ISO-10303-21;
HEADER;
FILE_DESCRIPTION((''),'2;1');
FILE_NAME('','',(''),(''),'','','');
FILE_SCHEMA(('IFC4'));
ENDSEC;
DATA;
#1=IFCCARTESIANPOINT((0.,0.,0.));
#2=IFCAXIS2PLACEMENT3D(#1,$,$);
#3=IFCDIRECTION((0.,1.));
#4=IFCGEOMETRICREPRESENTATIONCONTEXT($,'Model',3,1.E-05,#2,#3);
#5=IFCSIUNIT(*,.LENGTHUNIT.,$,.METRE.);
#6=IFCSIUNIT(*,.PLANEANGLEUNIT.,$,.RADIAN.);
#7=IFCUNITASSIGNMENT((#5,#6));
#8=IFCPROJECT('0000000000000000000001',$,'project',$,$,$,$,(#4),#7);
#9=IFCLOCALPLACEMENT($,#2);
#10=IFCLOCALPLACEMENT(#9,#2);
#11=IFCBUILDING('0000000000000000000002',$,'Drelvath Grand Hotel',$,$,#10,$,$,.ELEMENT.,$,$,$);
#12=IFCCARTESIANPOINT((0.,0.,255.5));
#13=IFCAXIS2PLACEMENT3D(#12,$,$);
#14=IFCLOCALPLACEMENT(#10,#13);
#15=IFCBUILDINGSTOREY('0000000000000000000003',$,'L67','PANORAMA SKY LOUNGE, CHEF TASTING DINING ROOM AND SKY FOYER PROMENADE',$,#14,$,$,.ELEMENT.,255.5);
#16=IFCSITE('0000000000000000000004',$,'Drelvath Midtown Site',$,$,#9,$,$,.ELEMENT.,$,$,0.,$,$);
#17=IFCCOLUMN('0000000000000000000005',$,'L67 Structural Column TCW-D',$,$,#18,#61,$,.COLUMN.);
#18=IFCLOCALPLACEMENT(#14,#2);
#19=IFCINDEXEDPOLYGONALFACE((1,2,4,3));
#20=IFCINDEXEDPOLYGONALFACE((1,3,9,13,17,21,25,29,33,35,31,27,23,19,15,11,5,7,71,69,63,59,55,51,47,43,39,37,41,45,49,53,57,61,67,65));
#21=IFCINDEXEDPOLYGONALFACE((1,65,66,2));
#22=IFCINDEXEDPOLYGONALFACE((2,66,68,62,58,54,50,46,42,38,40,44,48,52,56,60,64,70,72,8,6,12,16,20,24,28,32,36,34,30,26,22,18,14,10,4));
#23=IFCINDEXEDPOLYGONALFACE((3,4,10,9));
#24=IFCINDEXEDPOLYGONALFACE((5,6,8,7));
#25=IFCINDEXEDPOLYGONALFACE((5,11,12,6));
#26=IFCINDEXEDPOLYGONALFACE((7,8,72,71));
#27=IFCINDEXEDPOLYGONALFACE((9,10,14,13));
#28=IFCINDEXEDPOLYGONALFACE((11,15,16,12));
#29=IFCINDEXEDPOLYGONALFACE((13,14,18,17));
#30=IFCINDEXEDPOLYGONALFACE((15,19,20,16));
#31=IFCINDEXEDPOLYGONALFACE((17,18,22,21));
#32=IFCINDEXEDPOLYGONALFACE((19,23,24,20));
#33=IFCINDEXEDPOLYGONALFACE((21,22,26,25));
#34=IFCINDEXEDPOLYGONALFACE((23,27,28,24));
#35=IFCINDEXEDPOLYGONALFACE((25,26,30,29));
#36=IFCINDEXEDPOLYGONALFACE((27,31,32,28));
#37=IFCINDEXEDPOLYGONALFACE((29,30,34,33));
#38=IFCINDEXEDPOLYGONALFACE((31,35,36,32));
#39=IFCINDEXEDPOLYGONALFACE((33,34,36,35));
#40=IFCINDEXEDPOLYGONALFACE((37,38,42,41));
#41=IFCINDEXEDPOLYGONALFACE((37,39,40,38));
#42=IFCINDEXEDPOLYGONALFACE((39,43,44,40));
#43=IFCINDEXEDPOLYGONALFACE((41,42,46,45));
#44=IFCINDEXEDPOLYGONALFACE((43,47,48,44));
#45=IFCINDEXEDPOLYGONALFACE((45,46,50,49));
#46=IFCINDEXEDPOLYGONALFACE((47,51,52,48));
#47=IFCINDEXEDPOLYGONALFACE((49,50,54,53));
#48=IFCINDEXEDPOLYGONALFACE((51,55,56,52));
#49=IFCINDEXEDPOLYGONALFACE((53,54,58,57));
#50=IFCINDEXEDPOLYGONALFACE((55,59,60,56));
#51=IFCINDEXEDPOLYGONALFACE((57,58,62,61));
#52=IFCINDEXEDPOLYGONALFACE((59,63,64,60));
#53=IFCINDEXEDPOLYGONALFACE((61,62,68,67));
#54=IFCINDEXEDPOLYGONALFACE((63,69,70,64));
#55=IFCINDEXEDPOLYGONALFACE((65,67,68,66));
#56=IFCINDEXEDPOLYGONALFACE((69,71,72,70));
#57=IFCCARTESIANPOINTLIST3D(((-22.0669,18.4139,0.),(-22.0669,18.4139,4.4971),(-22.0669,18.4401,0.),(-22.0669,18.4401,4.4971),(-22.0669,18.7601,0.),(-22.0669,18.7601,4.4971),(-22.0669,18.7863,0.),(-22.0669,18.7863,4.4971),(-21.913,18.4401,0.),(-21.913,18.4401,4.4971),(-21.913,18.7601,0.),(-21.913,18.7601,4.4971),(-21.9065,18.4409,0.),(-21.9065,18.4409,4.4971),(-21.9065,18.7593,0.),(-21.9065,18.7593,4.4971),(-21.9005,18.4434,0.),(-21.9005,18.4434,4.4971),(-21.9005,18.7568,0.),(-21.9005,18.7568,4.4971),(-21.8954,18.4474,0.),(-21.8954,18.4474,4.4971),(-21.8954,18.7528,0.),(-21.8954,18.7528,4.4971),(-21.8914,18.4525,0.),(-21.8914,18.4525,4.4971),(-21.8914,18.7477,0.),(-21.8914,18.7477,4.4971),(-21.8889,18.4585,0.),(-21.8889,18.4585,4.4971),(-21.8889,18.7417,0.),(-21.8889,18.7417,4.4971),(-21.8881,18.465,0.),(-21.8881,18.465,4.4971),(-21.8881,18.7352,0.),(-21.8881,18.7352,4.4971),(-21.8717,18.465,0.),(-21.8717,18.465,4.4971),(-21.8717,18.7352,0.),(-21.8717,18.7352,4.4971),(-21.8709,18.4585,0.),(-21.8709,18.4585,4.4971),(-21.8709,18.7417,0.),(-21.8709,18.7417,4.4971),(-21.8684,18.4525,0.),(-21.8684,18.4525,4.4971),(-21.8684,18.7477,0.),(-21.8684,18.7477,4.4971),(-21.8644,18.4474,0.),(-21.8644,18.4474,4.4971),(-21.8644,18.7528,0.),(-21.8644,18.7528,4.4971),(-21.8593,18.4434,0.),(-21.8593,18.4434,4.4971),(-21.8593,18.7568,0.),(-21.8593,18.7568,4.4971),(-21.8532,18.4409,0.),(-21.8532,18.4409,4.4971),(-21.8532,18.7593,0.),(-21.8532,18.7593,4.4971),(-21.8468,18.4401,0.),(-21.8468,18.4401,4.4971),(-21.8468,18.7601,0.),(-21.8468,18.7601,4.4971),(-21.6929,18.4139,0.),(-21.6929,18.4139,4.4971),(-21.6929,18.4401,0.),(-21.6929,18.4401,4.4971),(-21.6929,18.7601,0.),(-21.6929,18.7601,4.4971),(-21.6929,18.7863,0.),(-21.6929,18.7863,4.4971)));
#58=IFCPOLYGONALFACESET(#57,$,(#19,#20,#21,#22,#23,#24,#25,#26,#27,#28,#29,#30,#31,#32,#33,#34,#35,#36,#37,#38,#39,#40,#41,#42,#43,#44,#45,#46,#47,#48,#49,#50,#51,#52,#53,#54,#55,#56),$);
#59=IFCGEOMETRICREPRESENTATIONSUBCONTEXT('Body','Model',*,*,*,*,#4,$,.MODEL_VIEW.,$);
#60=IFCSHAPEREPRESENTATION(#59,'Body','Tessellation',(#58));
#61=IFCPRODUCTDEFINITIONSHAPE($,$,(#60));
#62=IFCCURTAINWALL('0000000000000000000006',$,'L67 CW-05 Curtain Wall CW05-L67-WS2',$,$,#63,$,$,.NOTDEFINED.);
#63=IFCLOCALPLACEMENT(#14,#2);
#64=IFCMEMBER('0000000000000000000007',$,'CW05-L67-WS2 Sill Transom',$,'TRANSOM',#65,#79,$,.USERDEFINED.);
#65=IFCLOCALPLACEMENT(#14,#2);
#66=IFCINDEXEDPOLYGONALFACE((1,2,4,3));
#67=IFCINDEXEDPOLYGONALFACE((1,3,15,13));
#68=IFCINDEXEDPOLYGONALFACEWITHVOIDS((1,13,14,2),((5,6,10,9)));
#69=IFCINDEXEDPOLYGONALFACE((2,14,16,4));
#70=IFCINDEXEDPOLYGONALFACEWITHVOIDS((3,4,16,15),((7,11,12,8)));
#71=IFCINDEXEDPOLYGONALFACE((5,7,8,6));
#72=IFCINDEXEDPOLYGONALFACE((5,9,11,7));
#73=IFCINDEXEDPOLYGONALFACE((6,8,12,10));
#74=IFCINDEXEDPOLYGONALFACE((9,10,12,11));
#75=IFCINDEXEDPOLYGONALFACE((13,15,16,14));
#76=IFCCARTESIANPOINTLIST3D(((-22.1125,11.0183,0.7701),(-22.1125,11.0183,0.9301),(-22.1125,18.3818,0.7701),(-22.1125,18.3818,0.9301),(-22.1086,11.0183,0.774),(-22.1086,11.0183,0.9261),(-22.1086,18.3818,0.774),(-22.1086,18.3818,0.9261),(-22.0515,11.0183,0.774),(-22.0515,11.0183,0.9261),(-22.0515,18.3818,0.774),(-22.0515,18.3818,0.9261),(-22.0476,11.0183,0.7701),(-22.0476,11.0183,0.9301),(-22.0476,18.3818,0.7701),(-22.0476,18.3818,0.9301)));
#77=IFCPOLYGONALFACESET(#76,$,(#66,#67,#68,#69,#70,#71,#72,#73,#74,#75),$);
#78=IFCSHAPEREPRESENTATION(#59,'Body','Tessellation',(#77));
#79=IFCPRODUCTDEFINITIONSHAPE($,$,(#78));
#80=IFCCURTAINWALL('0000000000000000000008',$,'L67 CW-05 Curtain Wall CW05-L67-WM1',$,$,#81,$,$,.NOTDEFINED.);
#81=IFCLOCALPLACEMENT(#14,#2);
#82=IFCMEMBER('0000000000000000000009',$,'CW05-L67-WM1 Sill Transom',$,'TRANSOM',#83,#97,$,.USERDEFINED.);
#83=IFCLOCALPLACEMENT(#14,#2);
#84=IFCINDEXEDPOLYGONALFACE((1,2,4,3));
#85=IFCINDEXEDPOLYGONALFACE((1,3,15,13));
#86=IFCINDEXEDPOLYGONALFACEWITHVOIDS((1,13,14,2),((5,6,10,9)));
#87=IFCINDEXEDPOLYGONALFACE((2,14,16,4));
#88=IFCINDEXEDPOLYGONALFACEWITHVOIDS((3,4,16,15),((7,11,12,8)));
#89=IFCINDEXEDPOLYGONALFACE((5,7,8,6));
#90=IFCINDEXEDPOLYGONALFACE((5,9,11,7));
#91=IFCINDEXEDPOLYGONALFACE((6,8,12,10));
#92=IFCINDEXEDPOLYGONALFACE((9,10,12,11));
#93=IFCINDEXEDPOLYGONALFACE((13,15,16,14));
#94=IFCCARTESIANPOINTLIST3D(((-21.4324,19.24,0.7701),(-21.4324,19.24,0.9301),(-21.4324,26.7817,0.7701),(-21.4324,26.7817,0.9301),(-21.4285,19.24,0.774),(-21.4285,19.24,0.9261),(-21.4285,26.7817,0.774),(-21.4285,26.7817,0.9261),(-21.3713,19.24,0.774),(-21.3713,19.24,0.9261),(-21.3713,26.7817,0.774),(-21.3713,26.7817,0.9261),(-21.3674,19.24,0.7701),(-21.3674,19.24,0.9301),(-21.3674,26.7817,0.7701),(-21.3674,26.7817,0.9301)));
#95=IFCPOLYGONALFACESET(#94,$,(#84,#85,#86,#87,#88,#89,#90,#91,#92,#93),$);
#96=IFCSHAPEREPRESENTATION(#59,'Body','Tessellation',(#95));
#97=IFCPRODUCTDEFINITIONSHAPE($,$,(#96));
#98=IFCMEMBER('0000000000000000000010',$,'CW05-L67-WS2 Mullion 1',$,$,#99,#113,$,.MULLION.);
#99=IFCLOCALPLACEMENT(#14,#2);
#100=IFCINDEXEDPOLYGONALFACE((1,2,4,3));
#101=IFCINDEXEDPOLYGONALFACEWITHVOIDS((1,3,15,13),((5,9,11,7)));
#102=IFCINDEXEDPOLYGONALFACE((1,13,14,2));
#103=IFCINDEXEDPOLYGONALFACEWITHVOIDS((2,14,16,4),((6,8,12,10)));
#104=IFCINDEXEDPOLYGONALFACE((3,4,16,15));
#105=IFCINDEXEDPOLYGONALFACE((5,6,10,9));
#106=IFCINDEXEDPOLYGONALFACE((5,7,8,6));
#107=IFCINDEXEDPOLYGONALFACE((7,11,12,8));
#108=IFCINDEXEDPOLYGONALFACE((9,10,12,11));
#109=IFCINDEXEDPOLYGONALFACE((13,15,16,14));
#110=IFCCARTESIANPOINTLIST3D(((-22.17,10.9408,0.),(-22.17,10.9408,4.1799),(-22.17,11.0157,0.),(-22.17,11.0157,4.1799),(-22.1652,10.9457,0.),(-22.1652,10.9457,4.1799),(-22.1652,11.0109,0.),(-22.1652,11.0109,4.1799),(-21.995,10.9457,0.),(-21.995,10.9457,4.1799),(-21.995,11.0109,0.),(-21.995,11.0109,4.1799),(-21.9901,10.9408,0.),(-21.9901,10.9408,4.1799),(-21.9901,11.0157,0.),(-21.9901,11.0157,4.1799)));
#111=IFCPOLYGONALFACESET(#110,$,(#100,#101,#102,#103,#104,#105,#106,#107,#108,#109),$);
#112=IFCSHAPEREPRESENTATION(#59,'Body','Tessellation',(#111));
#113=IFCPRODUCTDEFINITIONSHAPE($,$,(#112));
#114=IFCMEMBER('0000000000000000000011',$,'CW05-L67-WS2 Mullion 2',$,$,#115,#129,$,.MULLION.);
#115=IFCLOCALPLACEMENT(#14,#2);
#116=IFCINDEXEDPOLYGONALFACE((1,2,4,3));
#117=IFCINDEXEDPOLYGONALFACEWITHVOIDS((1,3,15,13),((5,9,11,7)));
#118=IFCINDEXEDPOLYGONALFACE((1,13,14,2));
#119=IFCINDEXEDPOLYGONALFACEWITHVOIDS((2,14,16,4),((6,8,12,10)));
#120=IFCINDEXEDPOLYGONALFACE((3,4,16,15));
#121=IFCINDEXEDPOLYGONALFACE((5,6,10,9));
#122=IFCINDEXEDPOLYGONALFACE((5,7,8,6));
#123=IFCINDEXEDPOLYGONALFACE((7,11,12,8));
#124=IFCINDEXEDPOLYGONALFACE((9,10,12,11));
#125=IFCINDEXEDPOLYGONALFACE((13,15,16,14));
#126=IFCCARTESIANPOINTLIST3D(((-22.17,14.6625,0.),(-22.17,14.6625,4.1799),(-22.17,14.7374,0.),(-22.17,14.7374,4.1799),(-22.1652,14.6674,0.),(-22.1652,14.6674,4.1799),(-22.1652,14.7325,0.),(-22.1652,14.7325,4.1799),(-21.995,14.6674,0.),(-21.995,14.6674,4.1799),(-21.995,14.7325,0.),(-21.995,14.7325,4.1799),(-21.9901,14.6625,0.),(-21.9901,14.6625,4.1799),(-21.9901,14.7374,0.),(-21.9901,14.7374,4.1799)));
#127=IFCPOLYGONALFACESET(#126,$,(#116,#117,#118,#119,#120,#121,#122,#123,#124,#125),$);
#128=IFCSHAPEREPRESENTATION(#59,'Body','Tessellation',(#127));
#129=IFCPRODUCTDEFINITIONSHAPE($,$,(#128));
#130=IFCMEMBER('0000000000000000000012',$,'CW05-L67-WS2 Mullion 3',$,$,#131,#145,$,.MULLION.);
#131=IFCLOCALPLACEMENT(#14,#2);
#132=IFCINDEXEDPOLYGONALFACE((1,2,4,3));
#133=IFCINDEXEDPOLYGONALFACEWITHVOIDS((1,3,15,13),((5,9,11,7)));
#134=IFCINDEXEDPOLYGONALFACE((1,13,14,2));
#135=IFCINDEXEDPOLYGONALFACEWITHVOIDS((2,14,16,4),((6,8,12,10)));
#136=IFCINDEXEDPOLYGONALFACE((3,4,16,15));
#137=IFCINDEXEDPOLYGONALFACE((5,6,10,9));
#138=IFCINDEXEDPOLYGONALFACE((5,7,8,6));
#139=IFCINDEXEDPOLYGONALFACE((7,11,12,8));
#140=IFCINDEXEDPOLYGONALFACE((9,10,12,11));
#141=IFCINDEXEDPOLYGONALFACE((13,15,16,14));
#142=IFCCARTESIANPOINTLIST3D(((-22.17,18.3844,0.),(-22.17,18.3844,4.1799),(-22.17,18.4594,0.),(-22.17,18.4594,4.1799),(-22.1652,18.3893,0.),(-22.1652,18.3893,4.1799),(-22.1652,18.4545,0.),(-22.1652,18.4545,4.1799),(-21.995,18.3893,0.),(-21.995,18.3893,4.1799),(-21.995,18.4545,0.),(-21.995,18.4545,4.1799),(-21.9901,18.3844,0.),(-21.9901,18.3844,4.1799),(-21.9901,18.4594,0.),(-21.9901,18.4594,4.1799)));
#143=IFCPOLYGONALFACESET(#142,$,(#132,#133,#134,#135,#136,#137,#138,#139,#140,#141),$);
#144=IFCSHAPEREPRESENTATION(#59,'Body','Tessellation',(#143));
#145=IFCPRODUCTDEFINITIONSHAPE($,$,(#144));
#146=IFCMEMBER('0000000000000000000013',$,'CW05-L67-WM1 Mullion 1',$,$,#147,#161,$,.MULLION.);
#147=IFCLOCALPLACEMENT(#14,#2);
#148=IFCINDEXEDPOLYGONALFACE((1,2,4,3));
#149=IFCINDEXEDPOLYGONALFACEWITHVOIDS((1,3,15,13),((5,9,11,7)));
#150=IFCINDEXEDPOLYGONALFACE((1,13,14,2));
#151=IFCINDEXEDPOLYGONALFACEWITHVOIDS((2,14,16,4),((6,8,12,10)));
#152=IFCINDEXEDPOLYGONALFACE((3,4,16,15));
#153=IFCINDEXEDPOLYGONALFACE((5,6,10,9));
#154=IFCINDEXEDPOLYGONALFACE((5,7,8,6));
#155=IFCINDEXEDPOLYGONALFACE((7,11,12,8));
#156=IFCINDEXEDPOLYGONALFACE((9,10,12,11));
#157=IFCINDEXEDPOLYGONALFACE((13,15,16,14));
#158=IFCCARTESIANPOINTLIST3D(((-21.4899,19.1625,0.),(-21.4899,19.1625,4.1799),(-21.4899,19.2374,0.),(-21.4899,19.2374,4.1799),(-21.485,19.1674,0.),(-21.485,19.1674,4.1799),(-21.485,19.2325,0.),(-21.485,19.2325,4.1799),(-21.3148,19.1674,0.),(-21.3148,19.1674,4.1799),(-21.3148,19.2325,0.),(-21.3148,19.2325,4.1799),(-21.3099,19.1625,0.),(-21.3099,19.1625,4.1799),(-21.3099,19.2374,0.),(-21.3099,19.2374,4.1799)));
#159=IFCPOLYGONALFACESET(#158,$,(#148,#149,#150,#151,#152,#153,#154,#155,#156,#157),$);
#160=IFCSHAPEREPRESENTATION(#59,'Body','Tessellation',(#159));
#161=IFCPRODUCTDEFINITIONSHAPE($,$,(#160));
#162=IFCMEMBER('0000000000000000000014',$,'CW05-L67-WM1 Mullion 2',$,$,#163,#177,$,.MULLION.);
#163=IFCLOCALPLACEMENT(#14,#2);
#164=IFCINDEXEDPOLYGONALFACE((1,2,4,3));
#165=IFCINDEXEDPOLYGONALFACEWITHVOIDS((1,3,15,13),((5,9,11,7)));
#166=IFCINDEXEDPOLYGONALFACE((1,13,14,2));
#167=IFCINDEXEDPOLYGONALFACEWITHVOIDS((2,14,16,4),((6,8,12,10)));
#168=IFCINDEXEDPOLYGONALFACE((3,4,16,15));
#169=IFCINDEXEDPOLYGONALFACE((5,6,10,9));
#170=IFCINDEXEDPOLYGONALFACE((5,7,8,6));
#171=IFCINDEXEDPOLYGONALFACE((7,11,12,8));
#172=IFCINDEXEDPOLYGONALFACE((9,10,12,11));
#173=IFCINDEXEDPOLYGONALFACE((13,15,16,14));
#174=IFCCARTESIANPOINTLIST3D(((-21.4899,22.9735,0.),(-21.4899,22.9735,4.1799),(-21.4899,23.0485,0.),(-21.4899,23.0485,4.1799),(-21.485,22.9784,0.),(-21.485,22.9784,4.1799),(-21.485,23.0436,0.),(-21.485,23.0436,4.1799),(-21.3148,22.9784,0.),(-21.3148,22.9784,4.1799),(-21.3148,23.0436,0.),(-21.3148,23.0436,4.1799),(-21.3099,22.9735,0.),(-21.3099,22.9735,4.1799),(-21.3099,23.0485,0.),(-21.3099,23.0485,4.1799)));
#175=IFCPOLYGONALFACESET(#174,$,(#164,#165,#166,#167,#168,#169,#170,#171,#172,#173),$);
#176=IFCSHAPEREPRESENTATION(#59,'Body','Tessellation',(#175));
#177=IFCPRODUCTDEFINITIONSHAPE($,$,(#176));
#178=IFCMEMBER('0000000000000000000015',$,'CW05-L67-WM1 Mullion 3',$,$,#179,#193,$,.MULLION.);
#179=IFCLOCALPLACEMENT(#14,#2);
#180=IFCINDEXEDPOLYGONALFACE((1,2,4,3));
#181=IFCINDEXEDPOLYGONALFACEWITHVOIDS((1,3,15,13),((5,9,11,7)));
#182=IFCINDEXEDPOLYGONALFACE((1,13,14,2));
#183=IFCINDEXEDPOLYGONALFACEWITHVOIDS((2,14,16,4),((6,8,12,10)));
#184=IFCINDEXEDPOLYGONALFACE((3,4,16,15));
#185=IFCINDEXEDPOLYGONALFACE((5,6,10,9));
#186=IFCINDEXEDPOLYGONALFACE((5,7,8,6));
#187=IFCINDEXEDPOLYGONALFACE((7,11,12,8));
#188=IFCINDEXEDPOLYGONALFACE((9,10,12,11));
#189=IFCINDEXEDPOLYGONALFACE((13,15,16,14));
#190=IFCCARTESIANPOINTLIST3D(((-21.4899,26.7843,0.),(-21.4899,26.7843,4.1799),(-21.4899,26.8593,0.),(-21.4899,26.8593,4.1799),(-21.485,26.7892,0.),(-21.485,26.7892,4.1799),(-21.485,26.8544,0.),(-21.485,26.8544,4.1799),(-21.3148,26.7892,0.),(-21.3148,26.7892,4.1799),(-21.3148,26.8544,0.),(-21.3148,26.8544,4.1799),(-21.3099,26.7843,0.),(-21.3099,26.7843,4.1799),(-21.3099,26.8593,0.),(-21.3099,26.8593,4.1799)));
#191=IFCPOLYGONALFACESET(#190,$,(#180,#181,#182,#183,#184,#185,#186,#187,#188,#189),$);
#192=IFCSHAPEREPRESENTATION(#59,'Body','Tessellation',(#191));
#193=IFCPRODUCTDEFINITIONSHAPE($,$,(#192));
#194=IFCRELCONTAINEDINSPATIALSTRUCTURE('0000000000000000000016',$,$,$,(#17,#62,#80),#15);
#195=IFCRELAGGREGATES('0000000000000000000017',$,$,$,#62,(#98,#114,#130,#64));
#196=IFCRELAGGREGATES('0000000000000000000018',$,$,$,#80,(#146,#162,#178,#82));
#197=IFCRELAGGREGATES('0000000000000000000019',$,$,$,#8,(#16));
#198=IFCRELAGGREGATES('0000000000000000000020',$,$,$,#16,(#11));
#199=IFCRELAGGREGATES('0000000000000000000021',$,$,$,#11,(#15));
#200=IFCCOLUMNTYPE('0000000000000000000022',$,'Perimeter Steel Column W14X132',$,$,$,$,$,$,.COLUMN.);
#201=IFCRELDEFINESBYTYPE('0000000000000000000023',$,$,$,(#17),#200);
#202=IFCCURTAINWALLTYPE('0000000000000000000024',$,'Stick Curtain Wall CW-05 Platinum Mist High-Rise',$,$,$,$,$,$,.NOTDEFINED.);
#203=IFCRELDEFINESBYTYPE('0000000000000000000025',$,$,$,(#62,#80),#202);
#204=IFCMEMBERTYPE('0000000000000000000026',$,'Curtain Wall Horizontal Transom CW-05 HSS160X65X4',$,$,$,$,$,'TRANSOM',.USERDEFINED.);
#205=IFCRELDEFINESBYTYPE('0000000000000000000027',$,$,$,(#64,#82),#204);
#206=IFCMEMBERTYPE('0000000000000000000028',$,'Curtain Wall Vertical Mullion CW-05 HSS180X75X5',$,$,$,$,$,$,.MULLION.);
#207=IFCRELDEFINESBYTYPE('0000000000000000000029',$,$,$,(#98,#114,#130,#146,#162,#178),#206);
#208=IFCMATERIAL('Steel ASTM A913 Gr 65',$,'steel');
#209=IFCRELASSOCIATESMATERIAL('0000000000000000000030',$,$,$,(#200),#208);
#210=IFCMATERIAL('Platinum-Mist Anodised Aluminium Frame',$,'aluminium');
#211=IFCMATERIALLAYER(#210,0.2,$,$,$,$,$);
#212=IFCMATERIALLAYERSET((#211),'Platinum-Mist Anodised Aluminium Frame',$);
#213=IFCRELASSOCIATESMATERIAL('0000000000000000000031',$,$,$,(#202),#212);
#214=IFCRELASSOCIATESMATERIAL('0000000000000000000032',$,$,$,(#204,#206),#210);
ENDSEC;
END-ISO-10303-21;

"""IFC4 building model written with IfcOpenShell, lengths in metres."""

from ifc_helpers import new_model, si_unit, direction, frame, origin, origin_2d, place, context, subcontext, project, spatial, hollow_rectangle, i_section, extrude, material, layer, layer_set, material_profile, profile_set, type_object, element, aggregate, save


model = new_model("IFC4")

# Units and contexts
model_context = context("Model", 3, precision=1e-05, world=origin(), true_north=direction((0.0, 1.0)))
body_context = subcontext(model_context, "Body", "Model", "MODEL_VIEW")
ifc_project = project(units=[si_unit("LENGTHUNIT", "METRE"), si_unit("PLANEANGLEUNIT", "RADIAN")], contexts=[model_context])

# Site, building, storey
site_placement = place(None, origin())
site = spatial("IfcSite", under=ifc_project, at=site_placement, Name="Drelvath Midtown Site", CompositionType="ELEMENT", RefElevation=0.0)
building_placement = place(site_placement, origin())
building = spatial("IfcBuilding", under=site, at=building_placement, Name="Drelvath Grand Hotel", CompositionType="ELEMENT")
storey_placement = place(building_placement, frame((0.0, 0.0, 255.5)))
storey = spatial("IfcBuildingStorey", under=building, at=storey_placement, Name="L67", Description="PANORAMA SKY LOUNGE, CHEF TASTING DINING ROOM AND SKY FOYER PROMENADE", CompositionType="ELEMENT", Elevation=255.5)

# Column
ifc_material_1 = material(Name="Steel ASTM A913 Gr 65", Category="steel")
ifc_material_profile_1 = material_profile(ifc_material_1, i_section(OverallWidth=0.374, OverallDepth=0.3723, WebThickness=0.0164, FlangeThickness=0.0261, FilletRadius=0.0249, at=origin_2d()), Name="W14X132")
ifc_profile_set_1 = profile_set([ifc_material_profile_1], Name="Steel ASTM A913 Gr 65")
column_type = type_object("IfcColumnType", Name="Perimeter Steel Column W14X132", PredefinedType="COLUMN", material=ifc_profile_set_1)
column_placement = place(storey_placement, frame((-21.8799, 18.6001, 0.0), z_axis=(0.0, 0.0, 1.0), x_axis=(1.0, 0.0, 0.0)))
element("IfcColumn", 1, at=column_placement, inside=storey, type_object=column_type, Name="L67 Structural Column TCW-D", PredefinedType="COLUMN", context=body_context, shape_type="SweptSolid", body=[
    extrude(i_section(OverallWidth=0.374, OverallDepth=0.3723, WebThickness=0.0164, FlangeThickness=0.0261, FilletRadius=0.0249, at=origin_2d()), origin(), (0.0, 0.0, 1.0), 4.4971),
])

# Curtain walls, members
ifc_material_2 = material(Name="Platinum-Mist Anodised Aluminium Frame", Category="aluminium")
ifc_layer_1 = layer(ifc_material_2, 0.2)
ifc_layer_set_1 = layer_set([ifc_layer_1], Name="Platinum-Mist Anodised Aluminium Frame")
curtain_wall_type = type_object("IfcCurtainWallType", Name="Stick Curtain Wall CW-05 Platinum Mist High-Rise", PredefinedType="NOTDEFINED", material=ifc_layer_set_1)
curtain_wall_1_placement = place(storey_placement, origin())
curtain_wall_1 = element("IfcCurtainWall", 2, at=curtain_wall_1_placement, inside=storey, type_object=curtain_wall_type, Name="L67 CW-05 Curtain Wall CW05-L67-WS2", PredefinedType="NOTDEFINED")
ifc_material_profile_2 = material_profile(ifc_material_2, hollow_rectangle(XDim=0.0649, YDim=0.1599, WallThickness=0.0039, at=origin_2d()), Name="HSS160X65X4")
ifc_profile_set_2 = profile_set([ifc_material_profile_2], Name="Platinum-Mist Anodised Aluminium Frame")
member_type_1 = type_object("IfcMemberType", Name="Curtain Wall Horizontal Transom CW-05 HSS160X65X4", ElementType="TRANSOM", PredefinedType="USERDEFINED", material=ifc_profile_set_2)
member_1_placement = place(storey_placement, frame((-22.0801, 11.0183, 0.8501), z_axis=(0.0, 1.0, 0.0), x_axis=(-1.0, 0.0, 0.0)))
member_1 = element("IfcMember", 3, at=member_1_placement, type_object=member_type_1, Name="CW05-L67-WS2 Sill Transom", ObjectType="TRANSOM", PredefinedType="USERDEFINED", context=body_context, shape_type="SweptSolid", body=[
    extrude(hollow_rectangle(XDim=0.0649, YDim=0.1599, WallThickness=0.0039, at=origin_2d()), origin(), (0.0, 0.0, 1.0), 7.3635),
])
curtain_wall_2_placement = place(storey_placement, origin())
curtain_wall_2 = element("IfcCurtainWall", 4, at=curtain_wall_2_placement, inside=storey, type_object=curtain_wall_type, Name="L67 CW-05 Curtain Wall CW05-L67-WM1", PredefinedType="NOTDEFINED")
member_2_placement = place(storey_placement, frame((-21.3999, 19.24, 0.8501), z_axis=(0.0, 1.0, 0.0), x_axis=(-1.0, 0.0, 0.0)))
member_2 = element("IfcMember", 5, at=member_2_placement, type_object=member_type_1, Name="CW05-L67-WM1 Sill Transom", ObjectType="TRANSOM", PredefinedType="USERDEFINED", context=body_context, shape_type="SweptSolid", body=[
    extrude(hollow_rectangle(XDim=0.0649, YDim=0.1599, WallThickness=0.0039, at=origin_2d()), origin(), (0.0, 0.0, 1.0), 7.5417),
])

# Members
ifc_material_profile_3 = material_profile(ifc_material_2, hollow_rectangle(XDim=0.075, YDim=0.1799, WallThickness=0.0049, at=origin_2d()), Name="HSS180X75X5")
ifc_profile_set_3 = profile_set([ifc_material_profile_3], Name="Platinum-Mist Anodised Aluminium Frame")
member_type_2 = type_object("IfcMemberType", Name="Curtain Wall Vertical Mullion CW-05 HSS180X75X5", PredefinedType="MULLION", material=ifc_profile_set_3)
member_3_placement = place(storey_placement, frame((-22.0801, 10.9783, 0.0), z_axis=(0.0, 0.0, 1.0), x_axis=(0.0, 1.0, 0.0)))
member_3 = element("IfcMember", 6, at=member_3_placement, type_object=member_type_2, Name="CW05-L67-WS2 Mullion 1", PredefinedType="MULLION", context=body_context, shape_type="SweptSolid", body=[
    extrude(hollow_rectangle(XDim=0.075, YDim=0.1799, WallThickness=0.0049, at=origin_2d()), origin(), (0.0, 0.0, 1.0), 4.1799),
])
member_4_placement = place(storey_placement, frame((-22.0801, 14.7, 0.0), z_axis=(0.0, 0.0, 1.0), x_axis=(0.0, 1.0, 0.0)))
member_4 = element("IfcMember", 7, at=member_4_placement, type_object=member_type_2, Name="CW05-L67-WS2 Mullion 2", PredefinedType="MULLION", context=body_context, shape_type="SweptSolid", body=[
    extrude(hollow_rectangle(XDim=0.075, YDim=0.1799, WallThickness=0.0049, at=origin_2d()), origin(), (0.0, 0.0, 1.0), 4.1799),
])
member_5_placement = place(storey_placement, frame((-22.0801, 18.4219, 0.0), z_axis=(0.0, 0.0, 1.0), x_axis=(0.0, 1.0, 0.0)))
member_5 = element("IfcMember", 8, at=member_5_placement, type_object=member_type_2, Name="CW05-L67-WS2 Mullion 3", PredefinedType="MULLION", context=body_context, shape_type="SweptSolid", body=[
    extrude(hollow_rectangle(XDim=0.075, YDim=0.1799, WallThickness=0.0049, at=origin_2d()), origin(), (0.0, 0.0, 1.0), 4.1799),
])
member_6_placement = place(storey_placement, frame((-21.3999, 19.2, 0.0), z_axis=(0.0, 0.0, 1.0), x_axis=(0.0, 1.0, 0.0)))
member_6 = element("IfcMember", 9, at=member_6_placement, type_object=member_type_2, Name="CW05-L67-WM1 Mullion 1", PredefinedType="MULLION", context=body_context, shape_type="SweptSolid", body=[
    extrude(hollow_rectangle(XDim=0.075, YDim=0.1799, WallThickness=0.0049, at=origin_2d()), origin(), (0.0, 0.0, 1.0), 4.1799),
])
member_7_placement = place(storey_placement, frame((-21.3999, 23.011, 0.0), z_axis=(0.0, 0.0, 1.0), x_axis=(0.0, 1.0, 0.0)))
member_7 = element("IfcMember", 10, at=member_7_placement, type_object=member_type_2, Name="CW05-L67-WM1 Mullion 2", PredefinedType="MULLION", context=body_context, shape_type="SweptSolid", body=[
    extrude(hollow_rectangle(XDim=0.075, YDim=0.1799, WallThickness=0.0049, at=origin_2d()), origin(), (0.0, 0.0, 1.0), 4.1799),
])
member_8_placement = place(storey_placement, frame((-21.3999, 26.8218, 0.0), z_axis=(0.0, 0.0, 1.0), x_axis=(0.0, 1.0, 0.0)))
member_8 = element("IfcMember", 11, at=member_8_placement, type_object=member_type_2, Name="CW05-L67-WM1 Mullion 3", PredefinedType="MULLION", context=body_context, shape_type="SweptSolid", body=[
    extrude(hollow_rectangle(XDim=0.075, YDim=0.1799, WallThickness=0.0049, at=origin_2d()), origin(), (0.0, 0.0, 1.0), 4.1799),
])

aggregate(curtain_wall_1, [member_3, member_4, member_5, member_1])
aggregate(curtain_wall_2, [member_6, member_7, member_8, member_2])

save(model, "model.ifc")
